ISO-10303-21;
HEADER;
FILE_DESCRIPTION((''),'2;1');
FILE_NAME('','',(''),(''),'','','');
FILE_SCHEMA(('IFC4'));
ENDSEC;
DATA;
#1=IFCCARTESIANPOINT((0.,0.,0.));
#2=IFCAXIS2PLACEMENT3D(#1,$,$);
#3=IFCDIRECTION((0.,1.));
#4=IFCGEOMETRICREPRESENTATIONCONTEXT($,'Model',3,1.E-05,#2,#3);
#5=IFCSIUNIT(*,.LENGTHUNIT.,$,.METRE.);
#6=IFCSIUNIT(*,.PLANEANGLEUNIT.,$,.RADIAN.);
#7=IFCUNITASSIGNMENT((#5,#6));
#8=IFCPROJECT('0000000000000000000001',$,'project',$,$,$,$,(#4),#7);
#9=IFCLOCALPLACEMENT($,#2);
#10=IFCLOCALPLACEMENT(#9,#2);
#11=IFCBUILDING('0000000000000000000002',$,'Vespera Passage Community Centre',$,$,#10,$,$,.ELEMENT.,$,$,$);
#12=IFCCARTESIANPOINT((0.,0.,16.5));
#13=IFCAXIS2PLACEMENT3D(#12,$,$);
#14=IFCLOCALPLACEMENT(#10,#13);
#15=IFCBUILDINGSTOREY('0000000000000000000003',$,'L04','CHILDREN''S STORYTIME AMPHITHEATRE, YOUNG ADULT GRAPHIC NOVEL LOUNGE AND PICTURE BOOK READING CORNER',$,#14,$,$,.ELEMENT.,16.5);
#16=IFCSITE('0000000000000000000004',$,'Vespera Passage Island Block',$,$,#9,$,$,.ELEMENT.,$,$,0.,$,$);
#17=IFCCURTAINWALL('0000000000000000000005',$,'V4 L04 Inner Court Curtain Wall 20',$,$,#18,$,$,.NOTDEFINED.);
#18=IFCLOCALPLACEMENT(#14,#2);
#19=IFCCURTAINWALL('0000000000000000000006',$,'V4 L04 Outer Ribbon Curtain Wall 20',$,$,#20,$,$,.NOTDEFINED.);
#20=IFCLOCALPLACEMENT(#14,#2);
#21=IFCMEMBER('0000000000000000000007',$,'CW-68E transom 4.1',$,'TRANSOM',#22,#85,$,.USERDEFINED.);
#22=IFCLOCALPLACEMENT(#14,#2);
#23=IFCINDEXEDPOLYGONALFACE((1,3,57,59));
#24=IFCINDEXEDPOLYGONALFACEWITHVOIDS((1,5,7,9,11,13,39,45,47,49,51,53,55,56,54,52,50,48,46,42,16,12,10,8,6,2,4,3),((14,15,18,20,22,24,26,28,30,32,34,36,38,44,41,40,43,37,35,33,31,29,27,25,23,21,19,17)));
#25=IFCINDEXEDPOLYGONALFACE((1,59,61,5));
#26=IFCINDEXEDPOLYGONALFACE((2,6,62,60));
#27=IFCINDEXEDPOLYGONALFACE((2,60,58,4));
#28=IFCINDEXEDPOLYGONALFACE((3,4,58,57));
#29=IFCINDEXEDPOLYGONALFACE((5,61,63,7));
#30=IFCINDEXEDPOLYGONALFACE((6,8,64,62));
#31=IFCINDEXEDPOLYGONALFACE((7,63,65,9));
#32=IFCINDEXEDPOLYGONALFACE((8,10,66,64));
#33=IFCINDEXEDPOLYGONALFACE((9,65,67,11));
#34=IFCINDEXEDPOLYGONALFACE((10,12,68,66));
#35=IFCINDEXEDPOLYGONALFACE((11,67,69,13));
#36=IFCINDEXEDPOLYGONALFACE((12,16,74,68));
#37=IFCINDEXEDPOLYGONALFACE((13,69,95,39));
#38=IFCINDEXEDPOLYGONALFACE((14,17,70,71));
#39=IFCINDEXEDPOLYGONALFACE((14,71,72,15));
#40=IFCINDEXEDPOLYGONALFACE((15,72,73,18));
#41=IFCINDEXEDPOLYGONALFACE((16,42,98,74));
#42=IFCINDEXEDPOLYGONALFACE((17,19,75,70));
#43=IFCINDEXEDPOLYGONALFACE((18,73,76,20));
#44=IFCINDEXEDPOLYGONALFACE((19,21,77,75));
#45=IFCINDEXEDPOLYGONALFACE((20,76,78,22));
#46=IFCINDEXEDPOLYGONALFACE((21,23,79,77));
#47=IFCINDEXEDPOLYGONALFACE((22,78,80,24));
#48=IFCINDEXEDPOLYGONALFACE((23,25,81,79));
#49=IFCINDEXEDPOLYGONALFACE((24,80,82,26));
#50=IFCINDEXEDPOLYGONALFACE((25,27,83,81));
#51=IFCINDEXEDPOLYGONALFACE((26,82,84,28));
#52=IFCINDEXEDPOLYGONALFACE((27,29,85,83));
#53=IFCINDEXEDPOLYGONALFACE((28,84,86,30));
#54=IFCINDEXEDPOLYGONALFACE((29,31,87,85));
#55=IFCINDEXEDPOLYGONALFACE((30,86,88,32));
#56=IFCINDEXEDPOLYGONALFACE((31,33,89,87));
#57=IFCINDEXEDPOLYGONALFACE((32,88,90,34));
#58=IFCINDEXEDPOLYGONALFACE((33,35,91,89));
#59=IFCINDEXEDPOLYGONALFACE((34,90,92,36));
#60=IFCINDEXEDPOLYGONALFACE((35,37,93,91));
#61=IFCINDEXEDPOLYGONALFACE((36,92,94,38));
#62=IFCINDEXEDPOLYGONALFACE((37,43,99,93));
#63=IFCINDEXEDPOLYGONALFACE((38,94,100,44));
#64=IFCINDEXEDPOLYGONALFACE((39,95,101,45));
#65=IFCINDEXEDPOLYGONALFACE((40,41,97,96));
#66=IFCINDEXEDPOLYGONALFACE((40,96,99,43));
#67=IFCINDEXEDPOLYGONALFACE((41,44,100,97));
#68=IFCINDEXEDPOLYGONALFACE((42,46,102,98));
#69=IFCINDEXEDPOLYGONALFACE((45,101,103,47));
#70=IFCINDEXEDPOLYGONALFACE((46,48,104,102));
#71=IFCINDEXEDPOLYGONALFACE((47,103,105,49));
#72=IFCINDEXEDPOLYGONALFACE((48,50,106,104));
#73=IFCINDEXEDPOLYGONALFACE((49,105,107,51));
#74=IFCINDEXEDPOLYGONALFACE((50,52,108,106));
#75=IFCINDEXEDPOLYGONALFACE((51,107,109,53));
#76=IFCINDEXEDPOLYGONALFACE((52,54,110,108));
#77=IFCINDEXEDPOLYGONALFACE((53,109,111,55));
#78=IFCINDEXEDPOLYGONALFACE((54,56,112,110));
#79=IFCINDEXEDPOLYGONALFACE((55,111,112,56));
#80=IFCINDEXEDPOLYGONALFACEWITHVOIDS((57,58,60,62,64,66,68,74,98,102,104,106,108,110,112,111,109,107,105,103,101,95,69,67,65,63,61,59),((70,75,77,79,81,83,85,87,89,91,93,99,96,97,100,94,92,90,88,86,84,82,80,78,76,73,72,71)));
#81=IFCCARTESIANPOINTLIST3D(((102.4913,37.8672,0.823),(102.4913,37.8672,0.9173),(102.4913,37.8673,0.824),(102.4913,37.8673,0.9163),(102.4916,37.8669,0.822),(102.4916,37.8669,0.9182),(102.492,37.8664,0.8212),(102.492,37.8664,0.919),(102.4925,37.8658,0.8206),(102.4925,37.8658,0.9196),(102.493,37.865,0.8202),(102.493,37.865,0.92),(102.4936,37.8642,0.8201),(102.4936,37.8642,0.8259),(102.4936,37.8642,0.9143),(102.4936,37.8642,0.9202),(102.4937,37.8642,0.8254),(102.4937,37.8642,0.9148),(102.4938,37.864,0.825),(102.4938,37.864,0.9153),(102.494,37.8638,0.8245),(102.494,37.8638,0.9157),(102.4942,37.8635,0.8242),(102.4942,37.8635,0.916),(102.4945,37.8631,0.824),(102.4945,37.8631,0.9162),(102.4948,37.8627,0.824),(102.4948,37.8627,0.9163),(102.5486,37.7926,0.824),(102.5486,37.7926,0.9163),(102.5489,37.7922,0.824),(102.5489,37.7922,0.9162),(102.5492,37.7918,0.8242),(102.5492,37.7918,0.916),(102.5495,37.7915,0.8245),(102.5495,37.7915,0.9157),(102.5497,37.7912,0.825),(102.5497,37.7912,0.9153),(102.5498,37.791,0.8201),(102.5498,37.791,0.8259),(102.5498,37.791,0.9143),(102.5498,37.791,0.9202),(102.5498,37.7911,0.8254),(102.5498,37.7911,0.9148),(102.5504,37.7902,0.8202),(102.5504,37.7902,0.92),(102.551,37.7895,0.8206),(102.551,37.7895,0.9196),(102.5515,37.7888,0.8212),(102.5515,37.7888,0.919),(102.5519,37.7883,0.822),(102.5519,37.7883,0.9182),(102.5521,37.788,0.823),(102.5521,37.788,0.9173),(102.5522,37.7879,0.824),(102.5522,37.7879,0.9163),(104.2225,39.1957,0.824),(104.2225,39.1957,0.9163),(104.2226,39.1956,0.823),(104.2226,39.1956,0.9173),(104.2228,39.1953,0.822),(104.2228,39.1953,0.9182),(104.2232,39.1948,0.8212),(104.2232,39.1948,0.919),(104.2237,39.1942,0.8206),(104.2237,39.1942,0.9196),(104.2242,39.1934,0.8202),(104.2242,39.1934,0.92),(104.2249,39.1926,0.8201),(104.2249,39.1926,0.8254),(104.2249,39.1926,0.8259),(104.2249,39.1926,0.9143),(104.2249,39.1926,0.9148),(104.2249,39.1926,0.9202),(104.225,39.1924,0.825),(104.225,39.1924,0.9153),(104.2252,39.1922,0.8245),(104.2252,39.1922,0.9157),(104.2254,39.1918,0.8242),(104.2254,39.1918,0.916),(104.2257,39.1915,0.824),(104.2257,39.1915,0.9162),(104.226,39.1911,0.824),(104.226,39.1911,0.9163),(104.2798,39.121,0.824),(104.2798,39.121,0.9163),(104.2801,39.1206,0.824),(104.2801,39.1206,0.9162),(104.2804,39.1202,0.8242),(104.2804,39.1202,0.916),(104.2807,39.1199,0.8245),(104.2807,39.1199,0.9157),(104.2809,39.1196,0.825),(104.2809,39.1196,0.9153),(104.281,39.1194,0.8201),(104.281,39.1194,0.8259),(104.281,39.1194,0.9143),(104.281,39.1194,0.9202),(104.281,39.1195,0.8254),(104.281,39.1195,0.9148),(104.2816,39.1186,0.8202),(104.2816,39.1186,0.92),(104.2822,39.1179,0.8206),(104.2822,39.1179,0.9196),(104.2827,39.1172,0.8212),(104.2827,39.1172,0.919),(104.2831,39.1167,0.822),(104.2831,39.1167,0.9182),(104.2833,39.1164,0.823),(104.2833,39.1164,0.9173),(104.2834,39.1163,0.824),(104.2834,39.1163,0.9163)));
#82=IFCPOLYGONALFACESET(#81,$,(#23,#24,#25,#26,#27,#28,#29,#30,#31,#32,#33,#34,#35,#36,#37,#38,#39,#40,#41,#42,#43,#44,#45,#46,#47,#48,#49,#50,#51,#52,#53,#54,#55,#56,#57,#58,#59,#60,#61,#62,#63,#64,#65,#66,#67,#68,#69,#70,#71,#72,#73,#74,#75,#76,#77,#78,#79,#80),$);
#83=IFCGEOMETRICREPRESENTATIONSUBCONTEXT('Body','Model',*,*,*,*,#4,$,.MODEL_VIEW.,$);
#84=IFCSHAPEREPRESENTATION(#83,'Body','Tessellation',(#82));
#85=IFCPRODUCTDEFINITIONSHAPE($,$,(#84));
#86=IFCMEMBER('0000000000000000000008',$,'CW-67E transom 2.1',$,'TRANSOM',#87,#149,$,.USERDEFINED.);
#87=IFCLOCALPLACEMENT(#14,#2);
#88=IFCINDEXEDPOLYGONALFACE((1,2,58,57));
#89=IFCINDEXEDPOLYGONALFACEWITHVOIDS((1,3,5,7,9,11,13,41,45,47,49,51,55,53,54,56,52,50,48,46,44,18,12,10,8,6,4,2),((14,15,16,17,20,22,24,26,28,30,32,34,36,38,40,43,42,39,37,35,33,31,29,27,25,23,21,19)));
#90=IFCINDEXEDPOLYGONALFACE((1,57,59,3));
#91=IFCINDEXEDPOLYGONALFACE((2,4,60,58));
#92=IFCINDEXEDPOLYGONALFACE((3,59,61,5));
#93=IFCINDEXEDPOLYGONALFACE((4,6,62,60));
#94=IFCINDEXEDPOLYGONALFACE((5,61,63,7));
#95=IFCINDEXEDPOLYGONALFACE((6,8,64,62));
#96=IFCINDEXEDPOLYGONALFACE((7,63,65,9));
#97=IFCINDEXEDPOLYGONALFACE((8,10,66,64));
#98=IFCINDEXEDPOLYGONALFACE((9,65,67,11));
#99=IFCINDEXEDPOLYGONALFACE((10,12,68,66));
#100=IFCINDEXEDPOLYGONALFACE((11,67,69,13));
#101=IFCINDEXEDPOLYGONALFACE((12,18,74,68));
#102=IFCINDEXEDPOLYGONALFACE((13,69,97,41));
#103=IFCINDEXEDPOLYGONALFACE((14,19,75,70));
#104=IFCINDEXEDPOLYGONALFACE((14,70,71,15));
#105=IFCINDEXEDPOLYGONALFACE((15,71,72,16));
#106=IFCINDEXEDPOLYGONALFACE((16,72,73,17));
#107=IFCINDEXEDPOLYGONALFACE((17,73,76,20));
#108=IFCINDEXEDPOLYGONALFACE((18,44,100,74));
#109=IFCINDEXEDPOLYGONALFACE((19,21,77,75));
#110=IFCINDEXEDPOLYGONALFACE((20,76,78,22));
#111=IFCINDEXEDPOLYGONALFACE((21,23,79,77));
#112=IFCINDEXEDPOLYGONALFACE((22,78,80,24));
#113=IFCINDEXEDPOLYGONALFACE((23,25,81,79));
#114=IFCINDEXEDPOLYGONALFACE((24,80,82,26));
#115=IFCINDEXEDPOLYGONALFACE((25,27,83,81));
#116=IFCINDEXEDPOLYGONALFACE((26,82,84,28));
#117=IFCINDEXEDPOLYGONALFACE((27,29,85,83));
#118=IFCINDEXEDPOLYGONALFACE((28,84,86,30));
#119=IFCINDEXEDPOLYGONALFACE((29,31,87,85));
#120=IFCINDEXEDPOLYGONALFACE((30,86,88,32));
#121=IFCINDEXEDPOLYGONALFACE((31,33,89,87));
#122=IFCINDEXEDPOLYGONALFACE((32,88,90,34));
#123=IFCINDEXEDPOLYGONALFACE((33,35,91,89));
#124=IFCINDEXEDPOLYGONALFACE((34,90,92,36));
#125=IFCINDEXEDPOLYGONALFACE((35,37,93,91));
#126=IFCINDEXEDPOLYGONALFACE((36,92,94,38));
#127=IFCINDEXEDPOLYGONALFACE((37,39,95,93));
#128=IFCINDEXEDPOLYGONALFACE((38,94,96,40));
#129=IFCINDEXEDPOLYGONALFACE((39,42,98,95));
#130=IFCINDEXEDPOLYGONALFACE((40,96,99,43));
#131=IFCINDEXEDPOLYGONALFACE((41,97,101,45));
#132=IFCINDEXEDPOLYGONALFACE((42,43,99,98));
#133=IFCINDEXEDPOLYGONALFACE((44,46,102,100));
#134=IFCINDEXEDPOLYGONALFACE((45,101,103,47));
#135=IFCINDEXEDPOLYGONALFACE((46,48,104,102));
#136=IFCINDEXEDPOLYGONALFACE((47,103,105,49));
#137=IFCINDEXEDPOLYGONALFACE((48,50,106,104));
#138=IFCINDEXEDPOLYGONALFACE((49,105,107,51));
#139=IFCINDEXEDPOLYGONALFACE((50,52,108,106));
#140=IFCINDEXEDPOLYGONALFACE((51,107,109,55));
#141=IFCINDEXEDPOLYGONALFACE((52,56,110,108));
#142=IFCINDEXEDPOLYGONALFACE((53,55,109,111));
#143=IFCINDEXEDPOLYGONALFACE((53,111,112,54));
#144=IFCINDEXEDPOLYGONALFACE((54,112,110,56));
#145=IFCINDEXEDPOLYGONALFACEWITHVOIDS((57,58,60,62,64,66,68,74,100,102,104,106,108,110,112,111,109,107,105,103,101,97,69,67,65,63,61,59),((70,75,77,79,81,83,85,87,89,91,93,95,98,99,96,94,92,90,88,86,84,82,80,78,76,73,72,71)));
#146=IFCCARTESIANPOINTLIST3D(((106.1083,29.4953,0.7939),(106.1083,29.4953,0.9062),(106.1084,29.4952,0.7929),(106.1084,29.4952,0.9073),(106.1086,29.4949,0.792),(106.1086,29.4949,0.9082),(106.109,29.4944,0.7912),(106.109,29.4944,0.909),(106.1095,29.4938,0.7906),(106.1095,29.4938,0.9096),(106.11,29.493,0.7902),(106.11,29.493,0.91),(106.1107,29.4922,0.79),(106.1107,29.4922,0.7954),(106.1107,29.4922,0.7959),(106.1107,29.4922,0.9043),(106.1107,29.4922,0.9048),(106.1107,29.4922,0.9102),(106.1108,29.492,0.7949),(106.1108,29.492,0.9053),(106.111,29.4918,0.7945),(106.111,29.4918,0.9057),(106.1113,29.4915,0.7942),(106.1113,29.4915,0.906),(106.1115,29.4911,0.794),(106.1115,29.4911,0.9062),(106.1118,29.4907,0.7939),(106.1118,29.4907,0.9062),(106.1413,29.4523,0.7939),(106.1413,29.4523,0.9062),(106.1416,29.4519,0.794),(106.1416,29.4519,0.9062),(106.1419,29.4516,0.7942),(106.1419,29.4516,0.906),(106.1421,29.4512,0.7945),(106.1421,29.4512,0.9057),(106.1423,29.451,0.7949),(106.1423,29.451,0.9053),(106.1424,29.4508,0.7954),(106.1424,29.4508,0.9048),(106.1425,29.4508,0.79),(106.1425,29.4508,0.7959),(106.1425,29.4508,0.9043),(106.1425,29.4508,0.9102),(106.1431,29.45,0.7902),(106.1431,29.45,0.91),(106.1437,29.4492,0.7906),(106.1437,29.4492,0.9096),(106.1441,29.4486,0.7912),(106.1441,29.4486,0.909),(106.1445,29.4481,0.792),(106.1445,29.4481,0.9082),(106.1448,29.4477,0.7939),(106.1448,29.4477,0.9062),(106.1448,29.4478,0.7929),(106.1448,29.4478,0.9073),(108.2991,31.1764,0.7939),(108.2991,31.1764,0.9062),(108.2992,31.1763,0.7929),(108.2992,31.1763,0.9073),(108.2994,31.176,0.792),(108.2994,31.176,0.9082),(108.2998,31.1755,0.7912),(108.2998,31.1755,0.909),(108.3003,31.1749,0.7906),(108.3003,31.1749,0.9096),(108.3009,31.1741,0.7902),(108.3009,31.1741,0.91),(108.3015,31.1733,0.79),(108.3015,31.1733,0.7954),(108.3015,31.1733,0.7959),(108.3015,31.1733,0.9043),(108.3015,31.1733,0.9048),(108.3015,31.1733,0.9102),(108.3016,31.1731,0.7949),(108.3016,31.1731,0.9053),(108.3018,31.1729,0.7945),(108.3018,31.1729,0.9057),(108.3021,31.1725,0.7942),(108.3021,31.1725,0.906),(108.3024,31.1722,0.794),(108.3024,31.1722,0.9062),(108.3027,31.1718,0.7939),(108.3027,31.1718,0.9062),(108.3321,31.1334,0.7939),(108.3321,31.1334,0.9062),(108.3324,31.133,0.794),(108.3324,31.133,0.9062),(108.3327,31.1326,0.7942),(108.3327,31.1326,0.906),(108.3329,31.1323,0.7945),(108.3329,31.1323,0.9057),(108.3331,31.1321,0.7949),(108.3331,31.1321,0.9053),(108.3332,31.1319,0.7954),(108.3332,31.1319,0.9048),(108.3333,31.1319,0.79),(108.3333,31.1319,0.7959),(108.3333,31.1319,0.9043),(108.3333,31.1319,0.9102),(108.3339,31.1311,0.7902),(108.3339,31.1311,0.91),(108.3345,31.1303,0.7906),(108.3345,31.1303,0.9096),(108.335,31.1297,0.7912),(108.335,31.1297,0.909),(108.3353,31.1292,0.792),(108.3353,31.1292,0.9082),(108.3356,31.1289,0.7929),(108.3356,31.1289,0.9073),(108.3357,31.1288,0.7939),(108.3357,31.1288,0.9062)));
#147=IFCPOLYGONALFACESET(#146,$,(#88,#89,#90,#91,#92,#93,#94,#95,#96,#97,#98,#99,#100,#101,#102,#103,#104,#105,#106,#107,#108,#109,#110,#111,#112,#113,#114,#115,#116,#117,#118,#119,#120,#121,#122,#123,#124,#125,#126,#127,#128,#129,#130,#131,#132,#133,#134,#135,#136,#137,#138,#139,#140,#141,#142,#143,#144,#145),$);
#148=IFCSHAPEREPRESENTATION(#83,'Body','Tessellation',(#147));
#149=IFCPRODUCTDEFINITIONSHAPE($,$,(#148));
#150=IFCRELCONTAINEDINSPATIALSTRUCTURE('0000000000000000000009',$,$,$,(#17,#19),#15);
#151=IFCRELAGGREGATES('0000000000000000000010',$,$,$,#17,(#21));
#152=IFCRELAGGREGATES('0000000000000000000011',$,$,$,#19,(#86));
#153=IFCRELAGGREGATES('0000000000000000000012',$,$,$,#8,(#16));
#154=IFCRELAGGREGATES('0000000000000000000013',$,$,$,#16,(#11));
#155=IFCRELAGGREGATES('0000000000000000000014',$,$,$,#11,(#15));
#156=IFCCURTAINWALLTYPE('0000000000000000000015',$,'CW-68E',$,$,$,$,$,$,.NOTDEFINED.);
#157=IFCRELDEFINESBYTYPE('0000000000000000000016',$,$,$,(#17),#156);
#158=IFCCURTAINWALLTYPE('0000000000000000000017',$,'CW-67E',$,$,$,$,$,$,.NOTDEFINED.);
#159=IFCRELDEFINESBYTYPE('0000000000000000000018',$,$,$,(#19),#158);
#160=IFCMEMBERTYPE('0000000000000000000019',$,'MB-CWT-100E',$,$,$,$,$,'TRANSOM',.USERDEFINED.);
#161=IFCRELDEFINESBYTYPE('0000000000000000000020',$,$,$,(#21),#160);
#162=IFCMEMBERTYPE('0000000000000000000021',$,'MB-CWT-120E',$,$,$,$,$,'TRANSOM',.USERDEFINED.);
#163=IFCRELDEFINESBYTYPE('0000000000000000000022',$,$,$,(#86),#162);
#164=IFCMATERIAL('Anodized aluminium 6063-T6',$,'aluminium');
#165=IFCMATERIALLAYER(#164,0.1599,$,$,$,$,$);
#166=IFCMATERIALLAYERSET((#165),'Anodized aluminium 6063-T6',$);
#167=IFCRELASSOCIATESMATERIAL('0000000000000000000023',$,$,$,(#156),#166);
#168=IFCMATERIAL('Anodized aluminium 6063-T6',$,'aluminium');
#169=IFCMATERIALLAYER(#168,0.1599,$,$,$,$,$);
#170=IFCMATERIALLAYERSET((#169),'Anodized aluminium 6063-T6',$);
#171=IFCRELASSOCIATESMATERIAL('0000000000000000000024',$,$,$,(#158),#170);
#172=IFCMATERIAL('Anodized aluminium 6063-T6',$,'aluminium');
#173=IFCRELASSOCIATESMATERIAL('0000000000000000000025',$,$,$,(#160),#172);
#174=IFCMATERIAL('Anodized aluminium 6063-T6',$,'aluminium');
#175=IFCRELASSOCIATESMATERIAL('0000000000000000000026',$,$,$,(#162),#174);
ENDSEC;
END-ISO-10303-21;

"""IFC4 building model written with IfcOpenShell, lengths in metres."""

from ifc_helpers import new_model, si_unit, direction, frame, origin, origin_2d, place, context, subcontext, project, spatial, hollow_rectangle, extrude, material, layer, layer_set, material_profile, profile_set, type_object, element, aggregate, save


model = new_model("IFC4")

# Units and contexts
model_context = context("Model", 3, precision=1e-05, world=origin(), true_north=direction((0.0, 1.0)))
body_context = subcontext(model_context, "Body", "Model", "MODEL_VIEW")
ifc_project = project(units=[si_unit("LENGTHUNIT", "METRE"), si_unit("PLANEANGLEUNIT", "RADIAN")], contexts=[model_context])

# Site, building, storey
site_placement = place(None, origin())
site = spatial("IfcSite", under=ifc_project, at=site_placement, Name="Vespera Passage Island Block", CompositionType="ELEMENT", RefElevation=0.0)
building_placement = place(site_placement, origin())
building = spatial("IfcBuilding", under=site, at=building_placement, Name="Vespera Passage Community Centre", CompositionType="ELEMENT")
storey_placement = place(building_placement, frame((0.0, 0.0, 16.5)))
storey = spatial("IfcBuildingStorey", under=building, at=storey_placement, Name="L04", Description="CHILDREN'S STORYTIME AMPHITHEATRE, YOUNG ADULT GRAPHIC NOVEL LOUNGE AND PICTURE BOOK READING CORNER", CompositionType="ELEMENT", Elevation=16.5)

# Curtain wall
ifc_material_1 = material(Name="Anodized aluminium 6063-T6", Category="aluminium")
ifc_layer_1 = layer(ifc_material_1, 0.1599)
ifc_layer_set_1 = layer_set([ifc_layer_1], Name="Anodized aluminium 6063-T6")
curtain_wall_type_1 = type_object("IfcCurtainWallType", Name="CW-68E", PredefinedType="NOTDEFINED", material=ifc_layer_set_1)
curtain_wall_1_placement = place(storey_placement, origin())
curtain_wall_1 = element("IfcCurtainWall", 1, at=curtain_wall_1_placement, inside=storey, type_object=curtain_wall_type_1, Name="V4 L04 Inner Court Curtain Wall 20", PredefinedType="NOTDEFINED")

# Curtain wall
ifc_material_2 = material(Name="Anodized aluminium 6063-T6", Category="aluminium")
ifc_layer_2 = layer(ifc_material_2, 0.1599)
ifc_layer_set_2 = layer_set([ifc_layer_2], Name="Anodized aluminium 6063-T6")
curtain_wall_type_2 = type_object("IfcCurtainWallType", Name="CW-67E", PredefinedType="NOTDEFINED", material=ifc_layer_set_2)
curtain_wall_2_placement = place(storey_placement, origin())
curtain_wall_2 = element("IfcCurtainWall", 2, at=curtain_wall_2_placement, inside=storey, type_object=curtain_wall_type_2, Name="V4 L04 Outer Ribbon Curtain Wall 20", PredefinedType="NOTDEFINED")

# Members
ifc_material_3 = material(Name="Anodized aluminium 6063-T6", Category="aluminium")
ifc_material_profile_1 = material_profile(ifc_material_3, hollow_rectangle(XDim=0.1001, YDim=0.1001, WallThickness=0.0039, InnerFilletRadius=0.002, OuterFilletRadius=0.0039, at=origin_2d()), Name="ALU100X100X4")
ifc_profile_set_1 = profile_set([ifc_material_profile_1], Name="Anodized aluminium 6063-T6")
member_type_1 = type_object("IfcMemberType", Name="MB-CWT-100E", ElementType="TRANSOM", PredefinedType="USERDEFINED", material=ifc_profile_set_1)
member_1_placement = place(storey_placement, frame((102.5217, 37.8276, 0.8701), z_axis=(0.79336, 0.608753, 0.0), x_axis=(-0.608753, 0.79336, 0.0)))
member_1 = element("IfcMember", 3, at=member_1_placement, type_object=member_type_1, Name="CW-68E transom 4.1", ObjectType="TRANSOM", PredefinedType="USERDEFINED", context=body_context, shape_type="SweptSolid", body=[
    extrude(hollow_rectangle(XDim=0.1001, YDim=0.1001, WallThickness=0.0039, InnerFilletRadius=0.002, OuterFilletRadius=0.0039, at=origin_2d()), origin(), (0.0, 0.0, 1.0), 2.1821),
])
aggregate(curtain_wall_1, [member_1])
ifc_material_4 = material(Name="Anodized aluminium 6063-T6", Category="aluminium")
ifc_material_profile_2 = material_profile(ifc_material_4, hollow_rectangle(XDim=0.0601, YDim=0.1201, WallThickness=0.0039, InnerFilletRadius=0.002, OuterFilletRadius=0.0039, at=origin_2d()), Name="ALU120X60X4")
ifc_profile_set_2 = profile_set([ifc_material_profile_2], Name="Anodized aluminium 6063-T6")
member_type_2 = type_object("IfcMemberType", Name="MB-CWT-120E", ElementType="TRANSOM", PredefinedType="USERDEFINED", material=ifc_profile_set_2)
member_2_placement = place(storey_placement, frame((108.3174, 31.1526, 0.8501), z_axis=(-0.793353, -0.608762, 0.0), x_axis=(0.608762, -0.793353, 0.0)))
member_2 = element("IfcMember", 4, at=member_2_placement, type_object=member_type_2, Name="CW-67E transom 2.1", ObjectType="TRANSOM", PredefinedType="USERDEFINED", context=body_context, shape_type="SweptSolid", body=[
    extrude(hollow_rectangle(XDim=0.0601, YDim=0.1201, WallThickness=0.0039, InnerFilletRadius=0.002, OuterFilletRadius=0.0039, at=origin_2d()), origin(), (0.0, 0.0, 1.0), 2.7615),
])

aggregate(curtain_wall_2, [member_2])

save(model, "model.ifc")
